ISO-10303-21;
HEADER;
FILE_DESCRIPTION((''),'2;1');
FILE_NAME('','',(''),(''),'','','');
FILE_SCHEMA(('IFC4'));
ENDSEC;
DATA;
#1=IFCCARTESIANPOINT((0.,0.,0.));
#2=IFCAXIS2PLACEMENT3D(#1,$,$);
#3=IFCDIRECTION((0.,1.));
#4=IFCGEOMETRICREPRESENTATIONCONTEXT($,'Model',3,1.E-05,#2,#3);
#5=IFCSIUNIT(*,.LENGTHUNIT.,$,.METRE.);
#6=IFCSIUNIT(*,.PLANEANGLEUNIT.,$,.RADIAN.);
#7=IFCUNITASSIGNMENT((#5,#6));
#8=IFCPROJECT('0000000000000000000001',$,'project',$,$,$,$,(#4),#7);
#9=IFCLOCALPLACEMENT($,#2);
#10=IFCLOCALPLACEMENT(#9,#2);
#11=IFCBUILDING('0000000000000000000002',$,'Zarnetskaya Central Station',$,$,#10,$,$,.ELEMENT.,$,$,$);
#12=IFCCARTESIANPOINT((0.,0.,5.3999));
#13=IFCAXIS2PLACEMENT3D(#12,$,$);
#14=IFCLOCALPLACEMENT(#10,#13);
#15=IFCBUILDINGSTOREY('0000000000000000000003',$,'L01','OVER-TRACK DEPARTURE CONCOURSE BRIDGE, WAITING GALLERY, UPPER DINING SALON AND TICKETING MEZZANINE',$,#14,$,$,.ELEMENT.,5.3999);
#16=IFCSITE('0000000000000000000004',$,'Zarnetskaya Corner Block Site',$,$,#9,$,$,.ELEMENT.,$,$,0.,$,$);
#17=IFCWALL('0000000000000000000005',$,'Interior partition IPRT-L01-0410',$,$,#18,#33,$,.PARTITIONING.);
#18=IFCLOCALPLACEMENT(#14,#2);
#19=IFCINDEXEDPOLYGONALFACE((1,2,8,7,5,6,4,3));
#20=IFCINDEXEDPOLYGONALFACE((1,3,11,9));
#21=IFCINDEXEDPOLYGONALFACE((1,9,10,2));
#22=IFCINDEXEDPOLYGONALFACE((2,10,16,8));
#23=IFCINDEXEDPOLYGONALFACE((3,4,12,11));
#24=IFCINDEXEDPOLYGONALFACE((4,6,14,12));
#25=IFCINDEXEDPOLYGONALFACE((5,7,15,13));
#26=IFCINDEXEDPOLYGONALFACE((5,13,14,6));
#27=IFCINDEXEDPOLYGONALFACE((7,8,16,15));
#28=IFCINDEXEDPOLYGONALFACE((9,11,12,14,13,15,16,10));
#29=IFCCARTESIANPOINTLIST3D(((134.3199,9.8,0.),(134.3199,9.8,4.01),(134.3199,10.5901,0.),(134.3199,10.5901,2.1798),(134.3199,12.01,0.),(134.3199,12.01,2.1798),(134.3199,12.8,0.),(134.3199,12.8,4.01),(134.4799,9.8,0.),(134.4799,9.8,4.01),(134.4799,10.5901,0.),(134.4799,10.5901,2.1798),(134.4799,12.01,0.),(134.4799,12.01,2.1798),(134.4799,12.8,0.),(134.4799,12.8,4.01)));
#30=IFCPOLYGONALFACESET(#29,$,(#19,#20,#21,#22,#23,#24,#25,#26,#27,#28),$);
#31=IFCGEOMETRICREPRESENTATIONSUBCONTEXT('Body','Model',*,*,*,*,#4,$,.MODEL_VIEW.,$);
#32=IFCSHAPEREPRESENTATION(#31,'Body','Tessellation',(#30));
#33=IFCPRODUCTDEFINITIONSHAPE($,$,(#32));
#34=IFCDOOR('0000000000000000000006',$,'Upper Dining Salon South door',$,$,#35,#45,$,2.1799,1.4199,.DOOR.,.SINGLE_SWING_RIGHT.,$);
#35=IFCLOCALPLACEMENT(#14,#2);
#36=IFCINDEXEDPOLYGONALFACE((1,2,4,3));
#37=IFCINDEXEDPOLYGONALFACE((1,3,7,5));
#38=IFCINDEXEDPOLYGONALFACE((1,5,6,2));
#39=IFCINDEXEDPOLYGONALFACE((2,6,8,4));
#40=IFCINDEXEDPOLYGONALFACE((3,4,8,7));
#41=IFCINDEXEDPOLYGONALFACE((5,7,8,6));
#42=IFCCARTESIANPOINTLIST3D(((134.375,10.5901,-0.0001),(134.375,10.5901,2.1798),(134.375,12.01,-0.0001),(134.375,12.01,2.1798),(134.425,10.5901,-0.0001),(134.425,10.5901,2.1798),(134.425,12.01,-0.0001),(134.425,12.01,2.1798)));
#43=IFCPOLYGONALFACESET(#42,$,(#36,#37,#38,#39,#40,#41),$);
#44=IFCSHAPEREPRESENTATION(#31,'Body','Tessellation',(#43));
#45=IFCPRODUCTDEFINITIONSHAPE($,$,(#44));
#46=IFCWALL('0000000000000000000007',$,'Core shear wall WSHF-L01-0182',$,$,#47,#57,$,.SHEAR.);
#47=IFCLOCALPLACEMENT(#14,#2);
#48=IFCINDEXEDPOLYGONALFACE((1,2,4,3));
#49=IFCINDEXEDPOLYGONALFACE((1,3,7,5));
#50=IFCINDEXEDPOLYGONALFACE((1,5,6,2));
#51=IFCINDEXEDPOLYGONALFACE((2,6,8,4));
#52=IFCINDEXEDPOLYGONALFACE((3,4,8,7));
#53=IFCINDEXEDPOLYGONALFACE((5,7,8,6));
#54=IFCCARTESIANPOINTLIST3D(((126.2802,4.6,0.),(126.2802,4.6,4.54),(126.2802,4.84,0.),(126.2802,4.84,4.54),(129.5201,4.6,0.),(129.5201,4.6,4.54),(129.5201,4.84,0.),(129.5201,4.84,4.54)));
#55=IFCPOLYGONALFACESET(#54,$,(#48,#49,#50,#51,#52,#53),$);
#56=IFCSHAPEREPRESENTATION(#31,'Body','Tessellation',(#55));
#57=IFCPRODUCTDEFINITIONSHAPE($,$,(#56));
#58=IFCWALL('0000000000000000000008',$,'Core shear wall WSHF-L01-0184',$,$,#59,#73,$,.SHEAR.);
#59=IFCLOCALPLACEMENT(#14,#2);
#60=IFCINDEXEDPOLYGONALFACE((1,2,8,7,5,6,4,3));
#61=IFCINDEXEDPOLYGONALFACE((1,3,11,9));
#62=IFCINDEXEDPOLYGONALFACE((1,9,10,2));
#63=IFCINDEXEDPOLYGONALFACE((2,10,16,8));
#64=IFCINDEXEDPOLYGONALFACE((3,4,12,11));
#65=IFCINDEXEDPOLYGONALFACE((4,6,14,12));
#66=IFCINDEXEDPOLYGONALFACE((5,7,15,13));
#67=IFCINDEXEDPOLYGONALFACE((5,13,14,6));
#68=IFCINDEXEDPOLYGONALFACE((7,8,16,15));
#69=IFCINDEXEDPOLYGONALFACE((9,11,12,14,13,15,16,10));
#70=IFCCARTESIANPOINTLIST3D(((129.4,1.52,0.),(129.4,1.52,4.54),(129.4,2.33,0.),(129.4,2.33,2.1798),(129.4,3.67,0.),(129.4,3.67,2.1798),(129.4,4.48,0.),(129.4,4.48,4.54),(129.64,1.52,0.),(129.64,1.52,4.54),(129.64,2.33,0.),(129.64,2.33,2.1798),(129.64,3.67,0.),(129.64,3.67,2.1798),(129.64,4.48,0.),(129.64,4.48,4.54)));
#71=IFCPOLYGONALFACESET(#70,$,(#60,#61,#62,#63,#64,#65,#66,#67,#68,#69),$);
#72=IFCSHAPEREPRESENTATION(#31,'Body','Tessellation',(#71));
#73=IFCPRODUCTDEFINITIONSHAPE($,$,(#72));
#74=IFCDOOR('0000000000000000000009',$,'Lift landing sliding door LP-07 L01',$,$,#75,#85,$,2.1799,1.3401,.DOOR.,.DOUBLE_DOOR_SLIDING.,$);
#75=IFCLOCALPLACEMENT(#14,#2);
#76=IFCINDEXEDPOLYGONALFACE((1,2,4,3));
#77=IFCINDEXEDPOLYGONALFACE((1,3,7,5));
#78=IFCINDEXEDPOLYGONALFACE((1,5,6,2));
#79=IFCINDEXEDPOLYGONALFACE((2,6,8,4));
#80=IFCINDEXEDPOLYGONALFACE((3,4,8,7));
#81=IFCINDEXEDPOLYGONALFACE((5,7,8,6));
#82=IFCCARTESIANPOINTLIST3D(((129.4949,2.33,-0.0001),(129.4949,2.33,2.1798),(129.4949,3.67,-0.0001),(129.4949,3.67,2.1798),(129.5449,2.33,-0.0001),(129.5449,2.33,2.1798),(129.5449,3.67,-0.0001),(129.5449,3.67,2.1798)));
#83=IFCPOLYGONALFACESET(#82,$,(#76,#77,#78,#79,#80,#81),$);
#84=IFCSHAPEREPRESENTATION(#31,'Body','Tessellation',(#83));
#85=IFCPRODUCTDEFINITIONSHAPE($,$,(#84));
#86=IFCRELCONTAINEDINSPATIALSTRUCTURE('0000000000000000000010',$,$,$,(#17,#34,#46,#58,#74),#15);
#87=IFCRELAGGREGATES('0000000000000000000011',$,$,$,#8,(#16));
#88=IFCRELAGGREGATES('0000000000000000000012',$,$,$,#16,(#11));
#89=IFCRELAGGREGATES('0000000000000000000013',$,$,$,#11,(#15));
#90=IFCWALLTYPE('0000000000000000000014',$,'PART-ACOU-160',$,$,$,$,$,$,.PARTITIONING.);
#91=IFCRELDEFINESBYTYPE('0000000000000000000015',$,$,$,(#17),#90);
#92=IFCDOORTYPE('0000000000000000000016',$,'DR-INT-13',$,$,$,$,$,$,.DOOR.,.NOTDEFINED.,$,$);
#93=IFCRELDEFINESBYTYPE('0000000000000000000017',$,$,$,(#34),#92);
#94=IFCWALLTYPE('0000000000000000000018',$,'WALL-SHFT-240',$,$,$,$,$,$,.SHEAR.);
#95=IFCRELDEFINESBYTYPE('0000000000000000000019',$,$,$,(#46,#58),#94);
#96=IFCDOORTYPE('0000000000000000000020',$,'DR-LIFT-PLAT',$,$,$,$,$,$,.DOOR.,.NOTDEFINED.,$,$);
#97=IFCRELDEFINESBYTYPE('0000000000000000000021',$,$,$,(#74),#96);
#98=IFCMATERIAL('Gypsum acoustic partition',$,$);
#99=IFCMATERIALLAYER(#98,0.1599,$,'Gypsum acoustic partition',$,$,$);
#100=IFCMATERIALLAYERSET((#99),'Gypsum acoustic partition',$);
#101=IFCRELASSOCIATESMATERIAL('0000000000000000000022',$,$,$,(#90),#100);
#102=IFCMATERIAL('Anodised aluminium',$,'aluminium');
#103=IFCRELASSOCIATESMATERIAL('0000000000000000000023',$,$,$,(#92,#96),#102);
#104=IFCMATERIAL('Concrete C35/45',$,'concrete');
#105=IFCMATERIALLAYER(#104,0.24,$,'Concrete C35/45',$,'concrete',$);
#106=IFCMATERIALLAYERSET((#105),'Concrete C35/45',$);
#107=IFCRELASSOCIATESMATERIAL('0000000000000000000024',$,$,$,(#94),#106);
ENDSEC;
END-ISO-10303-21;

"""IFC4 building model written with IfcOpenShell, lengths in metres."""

from ifc_helpers import new_model, si_unit, direction, frame, frame_2d, origin, place, context, subcontext, project, spatial, rectangle, extrude, material, layer, layer_set, type_object, element, fill, save


model = new_model("IFC4")

# Units and contexts
model_context = context("Model", 3, precision=1e-05, world=origin(), true_north=direction((0.0, 1.0)))
body_context = subcontext(model_context, "Body", "Model", "MODEL_VIEW")
ifc_project = project(units=[si_unit("LENGTHUNIT", "METRE"), si_unit("PLANEANGLEUNIT", "RADIAN")], contexts=[model_context])

# Site, building, storey
site_placement = place(None, origin())
site = spatial("IfcSite", under=ifc_project, at=site_placement, Name="Zarnetskaya Corner Block Site", CompositionType="ELEMENT", RefElevation=0.0)
building_placement = place(site_placement, origin())
building = spatial("IfcBuilding", under=site, at=building_placement, Name="Zarnetskaya Central Station", CompositionType="ELEMENT")
storey_placement = place(building_placement, frame((0.0, 0.0, 5.3999)))
storey = spatial("IfcBuildingStorey", under=building, at=storey_placement, Name="L01", Description="OVER-TRACK DEPARTURE CONCOURSE BRIDGE, WAITING GALLERY, UPPER DINING SALON AND TICKETING MEZZANINE", CompositionType="ELEMENT", Elevation=5.3999)

# Shared definitions
ifc_material_1 = material(Name="Anodised aluminium", Category="aluminium")

# Wall, opening, door
ifc_material_2 = material(Name="Gypsum acoustic partition")
ifc_layer_1 = layer(ifc_material_2, 0.1599, Name="Gypsum acoustic partition")
ifc_layer_set_1 = layer_set([ifc_layer_1], Name="Gypsum acoustic partition")
wall_type_1 = type_object("IfcWallType", Name="PART-ACOU-160", PredefinedType="PARTITIONING", material=ifc_layer_set_1)
wall_1_placement = place(storey_placement, frame((134.3999, 9.8, 0.0), z_axis=(0.0, 0.0, 1.0), x_axis=(0.0, 1.0, 0.0)))
wall_1 = element("IfcWall", 1, at=wall_1_placement, inside=storey, type_object=wall_type_1, Name="Interior partition IPRT-L01-0410", PredefinedType="PARTITIONING", context=body_context, shape_type="SweptSolid", body=[
    extrude(rectangle(XDim=3.0, YDim=0.1599, at=frame_2d((1.5, 0.0))), origin(), (0.0, 0.0, 1.0), 4.01),
])
opening_1_placement = place(wall_1_placement, frame((0.79, 0.0, 0.0)))
opening_1 = element("IfcOpeningElement", 2, at=opening_1_placement, cuts=wall_1, PredefinedType="OPENING", context=body_context, shape_type="SweptSolid", body=[
    extrude(rectangle(XDim=1.4199, YDim=2.1799, at=frame_2d((0.71, 1.0898))), frame((0.0, 0.0898, 0.0), z_axis=(0.0, -1.0, 0.0), x_axis=(1.0, 0.0, 0.0)), (0.0, 0.0, 1.0), 0.1799),
])
door_type_1 = type_object("IfcDoorType", Name="DR-INT-13", OperationType="NOTDEFINED", PredefinedType="DOOR", material=ifc_material_1)
door_1_placement = place(opening_1_placement, origin())
door_1 = element("IfcDoor", 3, at=door_1_placement, inside=storey, type_object=door_type_1, Name="Upper Dining Salon South door", OperationType="SINGLE_SWING_RIGHT", OverallHeight=2.1799, OverallWidth=1.4199, PredefinedType="DOOR", context=body_context, shape_type="SweptSolid", body=[
    extrude(rectangle(XDim=1.4199, YDim=2.1799, at=frame_2d((0.71, 1.0898))), frame((0.0, 0.0249, 0.0), z_axis=(0.0, -1.0, 0.0), x_axis=(1.0, 0.0, 0.0)), (0.0, 0.0, 1.0), 0.05),
])
fill(opening_1, door_1)

# Wall
ifc_material_3 = material(Name="Concrete C35/45", Category="concrete")
ifc_layer_2 = layer(ifc_material_3, 0.24, Name="Concrete C35/45", Category="concrete")
ifc_layer_set_2 = layer_set([ifc_layer_2], Name="Concrete C35/45")
wall_type_2 = type_object("IfcWallType", Name="WALL-SHFT-240", PredefinedType="SHEAR", material=ifc_layer_set_2)
wall_2_placement = place(storey_placement, frame((126.28, 4.72, 0.0), z_axis=(0.0, 0.0, 1.0), x_axis=(1.0, 0.0, 0.0)))
element("IfcWall", 4, at=wall_2_placement, inside=storey, type_object=wall_type_2, Name="Core shear wall WSHF-L01-0182", PredefinedType="SHEAR", context=body_context, shape_type="SweptSolid", body=[
    extrude(rectangle(XDim=3.24, YDim=0.24, at=frame_2d((1.6201, 0.0))), origin(), (0.0, 0.0, 1.0), 4.54),
])

# Wall, opening, door
wall_3_placement = place(storey_placement, frame((129.52, 4.48, 0.0), z_axis=(0.0, 0.0, 1.0), x_axis=(0.0, -1.0, 0.0)))
wall_3 = element("IfcWall", 5, at=wall_3_placement, inside=storey, type_object=wall_type_2, Name="Core shear wall WSHF-L01-0184", PredefinedType="SHEAR", context=body_context, shape_type="SweptSolid", body=[
    extrude(rectangle(XDim=2.96, YDim=0.24, at=frame_2d((1.48, 0.0))), origin(), (0.0, 0.0, 1.0), 4.54),
])
opening_2_placement = place(wall_3_placement, frame((0.8101, 0.0, 0.0)))
opening_2 = element("IfcOpeningElement", 6, at=opening_2_placement, cuts=wall_3, PredefinedType="OPENING", context=body_context, shape_type="SweptSolid", body=[
    extrude(rectangle(XDim=1.3401, YDim=2.1799, at=frame_2d((0.6699, 1.0898))), frame((0.0, 0.1299, 0.0), z_axis=(0.0, -1.0, 0.0), x_axis=(1.0, 0.0, 0.0)), (0.0, 0.0, 1.0), 0.26),
])
door_type_2 = type_object("IfcDoorType", Name="DR-LIFT-PLAT", OperationType="NOTDEFINED", PredefinedType="DOOR", material=ifc_material_1)
door_2_placement = place(opening_2_placement, origin())
door_2 = element("IfcDoor", 7, at=door_2_placement, inside=storey, type_object=door_type_2, Name="Lift landing sliding door LP-07 L01", OperationType="DOUBLE_DOOR_SLIDING", OverallHeight=2.1799, OverallWidth=1.3401, PredefinedType="DOOR", context=body_context, shape_type="SweptSolid", body=[
    extrude(rectangle(XDim=1.3401, YDim=2.1799, at=frame_2d((0.6699, 1.0898))), frame((0.0, 0.0249, 0.0), z_axis=(0.0, -1.0, 0.0), x_axis=(1.0, 0.0, 0.0)), (0.0, 0.0, 1.0), 0.05),
])
fill(opening_2, door_2)

save(model, "model.ifc")
